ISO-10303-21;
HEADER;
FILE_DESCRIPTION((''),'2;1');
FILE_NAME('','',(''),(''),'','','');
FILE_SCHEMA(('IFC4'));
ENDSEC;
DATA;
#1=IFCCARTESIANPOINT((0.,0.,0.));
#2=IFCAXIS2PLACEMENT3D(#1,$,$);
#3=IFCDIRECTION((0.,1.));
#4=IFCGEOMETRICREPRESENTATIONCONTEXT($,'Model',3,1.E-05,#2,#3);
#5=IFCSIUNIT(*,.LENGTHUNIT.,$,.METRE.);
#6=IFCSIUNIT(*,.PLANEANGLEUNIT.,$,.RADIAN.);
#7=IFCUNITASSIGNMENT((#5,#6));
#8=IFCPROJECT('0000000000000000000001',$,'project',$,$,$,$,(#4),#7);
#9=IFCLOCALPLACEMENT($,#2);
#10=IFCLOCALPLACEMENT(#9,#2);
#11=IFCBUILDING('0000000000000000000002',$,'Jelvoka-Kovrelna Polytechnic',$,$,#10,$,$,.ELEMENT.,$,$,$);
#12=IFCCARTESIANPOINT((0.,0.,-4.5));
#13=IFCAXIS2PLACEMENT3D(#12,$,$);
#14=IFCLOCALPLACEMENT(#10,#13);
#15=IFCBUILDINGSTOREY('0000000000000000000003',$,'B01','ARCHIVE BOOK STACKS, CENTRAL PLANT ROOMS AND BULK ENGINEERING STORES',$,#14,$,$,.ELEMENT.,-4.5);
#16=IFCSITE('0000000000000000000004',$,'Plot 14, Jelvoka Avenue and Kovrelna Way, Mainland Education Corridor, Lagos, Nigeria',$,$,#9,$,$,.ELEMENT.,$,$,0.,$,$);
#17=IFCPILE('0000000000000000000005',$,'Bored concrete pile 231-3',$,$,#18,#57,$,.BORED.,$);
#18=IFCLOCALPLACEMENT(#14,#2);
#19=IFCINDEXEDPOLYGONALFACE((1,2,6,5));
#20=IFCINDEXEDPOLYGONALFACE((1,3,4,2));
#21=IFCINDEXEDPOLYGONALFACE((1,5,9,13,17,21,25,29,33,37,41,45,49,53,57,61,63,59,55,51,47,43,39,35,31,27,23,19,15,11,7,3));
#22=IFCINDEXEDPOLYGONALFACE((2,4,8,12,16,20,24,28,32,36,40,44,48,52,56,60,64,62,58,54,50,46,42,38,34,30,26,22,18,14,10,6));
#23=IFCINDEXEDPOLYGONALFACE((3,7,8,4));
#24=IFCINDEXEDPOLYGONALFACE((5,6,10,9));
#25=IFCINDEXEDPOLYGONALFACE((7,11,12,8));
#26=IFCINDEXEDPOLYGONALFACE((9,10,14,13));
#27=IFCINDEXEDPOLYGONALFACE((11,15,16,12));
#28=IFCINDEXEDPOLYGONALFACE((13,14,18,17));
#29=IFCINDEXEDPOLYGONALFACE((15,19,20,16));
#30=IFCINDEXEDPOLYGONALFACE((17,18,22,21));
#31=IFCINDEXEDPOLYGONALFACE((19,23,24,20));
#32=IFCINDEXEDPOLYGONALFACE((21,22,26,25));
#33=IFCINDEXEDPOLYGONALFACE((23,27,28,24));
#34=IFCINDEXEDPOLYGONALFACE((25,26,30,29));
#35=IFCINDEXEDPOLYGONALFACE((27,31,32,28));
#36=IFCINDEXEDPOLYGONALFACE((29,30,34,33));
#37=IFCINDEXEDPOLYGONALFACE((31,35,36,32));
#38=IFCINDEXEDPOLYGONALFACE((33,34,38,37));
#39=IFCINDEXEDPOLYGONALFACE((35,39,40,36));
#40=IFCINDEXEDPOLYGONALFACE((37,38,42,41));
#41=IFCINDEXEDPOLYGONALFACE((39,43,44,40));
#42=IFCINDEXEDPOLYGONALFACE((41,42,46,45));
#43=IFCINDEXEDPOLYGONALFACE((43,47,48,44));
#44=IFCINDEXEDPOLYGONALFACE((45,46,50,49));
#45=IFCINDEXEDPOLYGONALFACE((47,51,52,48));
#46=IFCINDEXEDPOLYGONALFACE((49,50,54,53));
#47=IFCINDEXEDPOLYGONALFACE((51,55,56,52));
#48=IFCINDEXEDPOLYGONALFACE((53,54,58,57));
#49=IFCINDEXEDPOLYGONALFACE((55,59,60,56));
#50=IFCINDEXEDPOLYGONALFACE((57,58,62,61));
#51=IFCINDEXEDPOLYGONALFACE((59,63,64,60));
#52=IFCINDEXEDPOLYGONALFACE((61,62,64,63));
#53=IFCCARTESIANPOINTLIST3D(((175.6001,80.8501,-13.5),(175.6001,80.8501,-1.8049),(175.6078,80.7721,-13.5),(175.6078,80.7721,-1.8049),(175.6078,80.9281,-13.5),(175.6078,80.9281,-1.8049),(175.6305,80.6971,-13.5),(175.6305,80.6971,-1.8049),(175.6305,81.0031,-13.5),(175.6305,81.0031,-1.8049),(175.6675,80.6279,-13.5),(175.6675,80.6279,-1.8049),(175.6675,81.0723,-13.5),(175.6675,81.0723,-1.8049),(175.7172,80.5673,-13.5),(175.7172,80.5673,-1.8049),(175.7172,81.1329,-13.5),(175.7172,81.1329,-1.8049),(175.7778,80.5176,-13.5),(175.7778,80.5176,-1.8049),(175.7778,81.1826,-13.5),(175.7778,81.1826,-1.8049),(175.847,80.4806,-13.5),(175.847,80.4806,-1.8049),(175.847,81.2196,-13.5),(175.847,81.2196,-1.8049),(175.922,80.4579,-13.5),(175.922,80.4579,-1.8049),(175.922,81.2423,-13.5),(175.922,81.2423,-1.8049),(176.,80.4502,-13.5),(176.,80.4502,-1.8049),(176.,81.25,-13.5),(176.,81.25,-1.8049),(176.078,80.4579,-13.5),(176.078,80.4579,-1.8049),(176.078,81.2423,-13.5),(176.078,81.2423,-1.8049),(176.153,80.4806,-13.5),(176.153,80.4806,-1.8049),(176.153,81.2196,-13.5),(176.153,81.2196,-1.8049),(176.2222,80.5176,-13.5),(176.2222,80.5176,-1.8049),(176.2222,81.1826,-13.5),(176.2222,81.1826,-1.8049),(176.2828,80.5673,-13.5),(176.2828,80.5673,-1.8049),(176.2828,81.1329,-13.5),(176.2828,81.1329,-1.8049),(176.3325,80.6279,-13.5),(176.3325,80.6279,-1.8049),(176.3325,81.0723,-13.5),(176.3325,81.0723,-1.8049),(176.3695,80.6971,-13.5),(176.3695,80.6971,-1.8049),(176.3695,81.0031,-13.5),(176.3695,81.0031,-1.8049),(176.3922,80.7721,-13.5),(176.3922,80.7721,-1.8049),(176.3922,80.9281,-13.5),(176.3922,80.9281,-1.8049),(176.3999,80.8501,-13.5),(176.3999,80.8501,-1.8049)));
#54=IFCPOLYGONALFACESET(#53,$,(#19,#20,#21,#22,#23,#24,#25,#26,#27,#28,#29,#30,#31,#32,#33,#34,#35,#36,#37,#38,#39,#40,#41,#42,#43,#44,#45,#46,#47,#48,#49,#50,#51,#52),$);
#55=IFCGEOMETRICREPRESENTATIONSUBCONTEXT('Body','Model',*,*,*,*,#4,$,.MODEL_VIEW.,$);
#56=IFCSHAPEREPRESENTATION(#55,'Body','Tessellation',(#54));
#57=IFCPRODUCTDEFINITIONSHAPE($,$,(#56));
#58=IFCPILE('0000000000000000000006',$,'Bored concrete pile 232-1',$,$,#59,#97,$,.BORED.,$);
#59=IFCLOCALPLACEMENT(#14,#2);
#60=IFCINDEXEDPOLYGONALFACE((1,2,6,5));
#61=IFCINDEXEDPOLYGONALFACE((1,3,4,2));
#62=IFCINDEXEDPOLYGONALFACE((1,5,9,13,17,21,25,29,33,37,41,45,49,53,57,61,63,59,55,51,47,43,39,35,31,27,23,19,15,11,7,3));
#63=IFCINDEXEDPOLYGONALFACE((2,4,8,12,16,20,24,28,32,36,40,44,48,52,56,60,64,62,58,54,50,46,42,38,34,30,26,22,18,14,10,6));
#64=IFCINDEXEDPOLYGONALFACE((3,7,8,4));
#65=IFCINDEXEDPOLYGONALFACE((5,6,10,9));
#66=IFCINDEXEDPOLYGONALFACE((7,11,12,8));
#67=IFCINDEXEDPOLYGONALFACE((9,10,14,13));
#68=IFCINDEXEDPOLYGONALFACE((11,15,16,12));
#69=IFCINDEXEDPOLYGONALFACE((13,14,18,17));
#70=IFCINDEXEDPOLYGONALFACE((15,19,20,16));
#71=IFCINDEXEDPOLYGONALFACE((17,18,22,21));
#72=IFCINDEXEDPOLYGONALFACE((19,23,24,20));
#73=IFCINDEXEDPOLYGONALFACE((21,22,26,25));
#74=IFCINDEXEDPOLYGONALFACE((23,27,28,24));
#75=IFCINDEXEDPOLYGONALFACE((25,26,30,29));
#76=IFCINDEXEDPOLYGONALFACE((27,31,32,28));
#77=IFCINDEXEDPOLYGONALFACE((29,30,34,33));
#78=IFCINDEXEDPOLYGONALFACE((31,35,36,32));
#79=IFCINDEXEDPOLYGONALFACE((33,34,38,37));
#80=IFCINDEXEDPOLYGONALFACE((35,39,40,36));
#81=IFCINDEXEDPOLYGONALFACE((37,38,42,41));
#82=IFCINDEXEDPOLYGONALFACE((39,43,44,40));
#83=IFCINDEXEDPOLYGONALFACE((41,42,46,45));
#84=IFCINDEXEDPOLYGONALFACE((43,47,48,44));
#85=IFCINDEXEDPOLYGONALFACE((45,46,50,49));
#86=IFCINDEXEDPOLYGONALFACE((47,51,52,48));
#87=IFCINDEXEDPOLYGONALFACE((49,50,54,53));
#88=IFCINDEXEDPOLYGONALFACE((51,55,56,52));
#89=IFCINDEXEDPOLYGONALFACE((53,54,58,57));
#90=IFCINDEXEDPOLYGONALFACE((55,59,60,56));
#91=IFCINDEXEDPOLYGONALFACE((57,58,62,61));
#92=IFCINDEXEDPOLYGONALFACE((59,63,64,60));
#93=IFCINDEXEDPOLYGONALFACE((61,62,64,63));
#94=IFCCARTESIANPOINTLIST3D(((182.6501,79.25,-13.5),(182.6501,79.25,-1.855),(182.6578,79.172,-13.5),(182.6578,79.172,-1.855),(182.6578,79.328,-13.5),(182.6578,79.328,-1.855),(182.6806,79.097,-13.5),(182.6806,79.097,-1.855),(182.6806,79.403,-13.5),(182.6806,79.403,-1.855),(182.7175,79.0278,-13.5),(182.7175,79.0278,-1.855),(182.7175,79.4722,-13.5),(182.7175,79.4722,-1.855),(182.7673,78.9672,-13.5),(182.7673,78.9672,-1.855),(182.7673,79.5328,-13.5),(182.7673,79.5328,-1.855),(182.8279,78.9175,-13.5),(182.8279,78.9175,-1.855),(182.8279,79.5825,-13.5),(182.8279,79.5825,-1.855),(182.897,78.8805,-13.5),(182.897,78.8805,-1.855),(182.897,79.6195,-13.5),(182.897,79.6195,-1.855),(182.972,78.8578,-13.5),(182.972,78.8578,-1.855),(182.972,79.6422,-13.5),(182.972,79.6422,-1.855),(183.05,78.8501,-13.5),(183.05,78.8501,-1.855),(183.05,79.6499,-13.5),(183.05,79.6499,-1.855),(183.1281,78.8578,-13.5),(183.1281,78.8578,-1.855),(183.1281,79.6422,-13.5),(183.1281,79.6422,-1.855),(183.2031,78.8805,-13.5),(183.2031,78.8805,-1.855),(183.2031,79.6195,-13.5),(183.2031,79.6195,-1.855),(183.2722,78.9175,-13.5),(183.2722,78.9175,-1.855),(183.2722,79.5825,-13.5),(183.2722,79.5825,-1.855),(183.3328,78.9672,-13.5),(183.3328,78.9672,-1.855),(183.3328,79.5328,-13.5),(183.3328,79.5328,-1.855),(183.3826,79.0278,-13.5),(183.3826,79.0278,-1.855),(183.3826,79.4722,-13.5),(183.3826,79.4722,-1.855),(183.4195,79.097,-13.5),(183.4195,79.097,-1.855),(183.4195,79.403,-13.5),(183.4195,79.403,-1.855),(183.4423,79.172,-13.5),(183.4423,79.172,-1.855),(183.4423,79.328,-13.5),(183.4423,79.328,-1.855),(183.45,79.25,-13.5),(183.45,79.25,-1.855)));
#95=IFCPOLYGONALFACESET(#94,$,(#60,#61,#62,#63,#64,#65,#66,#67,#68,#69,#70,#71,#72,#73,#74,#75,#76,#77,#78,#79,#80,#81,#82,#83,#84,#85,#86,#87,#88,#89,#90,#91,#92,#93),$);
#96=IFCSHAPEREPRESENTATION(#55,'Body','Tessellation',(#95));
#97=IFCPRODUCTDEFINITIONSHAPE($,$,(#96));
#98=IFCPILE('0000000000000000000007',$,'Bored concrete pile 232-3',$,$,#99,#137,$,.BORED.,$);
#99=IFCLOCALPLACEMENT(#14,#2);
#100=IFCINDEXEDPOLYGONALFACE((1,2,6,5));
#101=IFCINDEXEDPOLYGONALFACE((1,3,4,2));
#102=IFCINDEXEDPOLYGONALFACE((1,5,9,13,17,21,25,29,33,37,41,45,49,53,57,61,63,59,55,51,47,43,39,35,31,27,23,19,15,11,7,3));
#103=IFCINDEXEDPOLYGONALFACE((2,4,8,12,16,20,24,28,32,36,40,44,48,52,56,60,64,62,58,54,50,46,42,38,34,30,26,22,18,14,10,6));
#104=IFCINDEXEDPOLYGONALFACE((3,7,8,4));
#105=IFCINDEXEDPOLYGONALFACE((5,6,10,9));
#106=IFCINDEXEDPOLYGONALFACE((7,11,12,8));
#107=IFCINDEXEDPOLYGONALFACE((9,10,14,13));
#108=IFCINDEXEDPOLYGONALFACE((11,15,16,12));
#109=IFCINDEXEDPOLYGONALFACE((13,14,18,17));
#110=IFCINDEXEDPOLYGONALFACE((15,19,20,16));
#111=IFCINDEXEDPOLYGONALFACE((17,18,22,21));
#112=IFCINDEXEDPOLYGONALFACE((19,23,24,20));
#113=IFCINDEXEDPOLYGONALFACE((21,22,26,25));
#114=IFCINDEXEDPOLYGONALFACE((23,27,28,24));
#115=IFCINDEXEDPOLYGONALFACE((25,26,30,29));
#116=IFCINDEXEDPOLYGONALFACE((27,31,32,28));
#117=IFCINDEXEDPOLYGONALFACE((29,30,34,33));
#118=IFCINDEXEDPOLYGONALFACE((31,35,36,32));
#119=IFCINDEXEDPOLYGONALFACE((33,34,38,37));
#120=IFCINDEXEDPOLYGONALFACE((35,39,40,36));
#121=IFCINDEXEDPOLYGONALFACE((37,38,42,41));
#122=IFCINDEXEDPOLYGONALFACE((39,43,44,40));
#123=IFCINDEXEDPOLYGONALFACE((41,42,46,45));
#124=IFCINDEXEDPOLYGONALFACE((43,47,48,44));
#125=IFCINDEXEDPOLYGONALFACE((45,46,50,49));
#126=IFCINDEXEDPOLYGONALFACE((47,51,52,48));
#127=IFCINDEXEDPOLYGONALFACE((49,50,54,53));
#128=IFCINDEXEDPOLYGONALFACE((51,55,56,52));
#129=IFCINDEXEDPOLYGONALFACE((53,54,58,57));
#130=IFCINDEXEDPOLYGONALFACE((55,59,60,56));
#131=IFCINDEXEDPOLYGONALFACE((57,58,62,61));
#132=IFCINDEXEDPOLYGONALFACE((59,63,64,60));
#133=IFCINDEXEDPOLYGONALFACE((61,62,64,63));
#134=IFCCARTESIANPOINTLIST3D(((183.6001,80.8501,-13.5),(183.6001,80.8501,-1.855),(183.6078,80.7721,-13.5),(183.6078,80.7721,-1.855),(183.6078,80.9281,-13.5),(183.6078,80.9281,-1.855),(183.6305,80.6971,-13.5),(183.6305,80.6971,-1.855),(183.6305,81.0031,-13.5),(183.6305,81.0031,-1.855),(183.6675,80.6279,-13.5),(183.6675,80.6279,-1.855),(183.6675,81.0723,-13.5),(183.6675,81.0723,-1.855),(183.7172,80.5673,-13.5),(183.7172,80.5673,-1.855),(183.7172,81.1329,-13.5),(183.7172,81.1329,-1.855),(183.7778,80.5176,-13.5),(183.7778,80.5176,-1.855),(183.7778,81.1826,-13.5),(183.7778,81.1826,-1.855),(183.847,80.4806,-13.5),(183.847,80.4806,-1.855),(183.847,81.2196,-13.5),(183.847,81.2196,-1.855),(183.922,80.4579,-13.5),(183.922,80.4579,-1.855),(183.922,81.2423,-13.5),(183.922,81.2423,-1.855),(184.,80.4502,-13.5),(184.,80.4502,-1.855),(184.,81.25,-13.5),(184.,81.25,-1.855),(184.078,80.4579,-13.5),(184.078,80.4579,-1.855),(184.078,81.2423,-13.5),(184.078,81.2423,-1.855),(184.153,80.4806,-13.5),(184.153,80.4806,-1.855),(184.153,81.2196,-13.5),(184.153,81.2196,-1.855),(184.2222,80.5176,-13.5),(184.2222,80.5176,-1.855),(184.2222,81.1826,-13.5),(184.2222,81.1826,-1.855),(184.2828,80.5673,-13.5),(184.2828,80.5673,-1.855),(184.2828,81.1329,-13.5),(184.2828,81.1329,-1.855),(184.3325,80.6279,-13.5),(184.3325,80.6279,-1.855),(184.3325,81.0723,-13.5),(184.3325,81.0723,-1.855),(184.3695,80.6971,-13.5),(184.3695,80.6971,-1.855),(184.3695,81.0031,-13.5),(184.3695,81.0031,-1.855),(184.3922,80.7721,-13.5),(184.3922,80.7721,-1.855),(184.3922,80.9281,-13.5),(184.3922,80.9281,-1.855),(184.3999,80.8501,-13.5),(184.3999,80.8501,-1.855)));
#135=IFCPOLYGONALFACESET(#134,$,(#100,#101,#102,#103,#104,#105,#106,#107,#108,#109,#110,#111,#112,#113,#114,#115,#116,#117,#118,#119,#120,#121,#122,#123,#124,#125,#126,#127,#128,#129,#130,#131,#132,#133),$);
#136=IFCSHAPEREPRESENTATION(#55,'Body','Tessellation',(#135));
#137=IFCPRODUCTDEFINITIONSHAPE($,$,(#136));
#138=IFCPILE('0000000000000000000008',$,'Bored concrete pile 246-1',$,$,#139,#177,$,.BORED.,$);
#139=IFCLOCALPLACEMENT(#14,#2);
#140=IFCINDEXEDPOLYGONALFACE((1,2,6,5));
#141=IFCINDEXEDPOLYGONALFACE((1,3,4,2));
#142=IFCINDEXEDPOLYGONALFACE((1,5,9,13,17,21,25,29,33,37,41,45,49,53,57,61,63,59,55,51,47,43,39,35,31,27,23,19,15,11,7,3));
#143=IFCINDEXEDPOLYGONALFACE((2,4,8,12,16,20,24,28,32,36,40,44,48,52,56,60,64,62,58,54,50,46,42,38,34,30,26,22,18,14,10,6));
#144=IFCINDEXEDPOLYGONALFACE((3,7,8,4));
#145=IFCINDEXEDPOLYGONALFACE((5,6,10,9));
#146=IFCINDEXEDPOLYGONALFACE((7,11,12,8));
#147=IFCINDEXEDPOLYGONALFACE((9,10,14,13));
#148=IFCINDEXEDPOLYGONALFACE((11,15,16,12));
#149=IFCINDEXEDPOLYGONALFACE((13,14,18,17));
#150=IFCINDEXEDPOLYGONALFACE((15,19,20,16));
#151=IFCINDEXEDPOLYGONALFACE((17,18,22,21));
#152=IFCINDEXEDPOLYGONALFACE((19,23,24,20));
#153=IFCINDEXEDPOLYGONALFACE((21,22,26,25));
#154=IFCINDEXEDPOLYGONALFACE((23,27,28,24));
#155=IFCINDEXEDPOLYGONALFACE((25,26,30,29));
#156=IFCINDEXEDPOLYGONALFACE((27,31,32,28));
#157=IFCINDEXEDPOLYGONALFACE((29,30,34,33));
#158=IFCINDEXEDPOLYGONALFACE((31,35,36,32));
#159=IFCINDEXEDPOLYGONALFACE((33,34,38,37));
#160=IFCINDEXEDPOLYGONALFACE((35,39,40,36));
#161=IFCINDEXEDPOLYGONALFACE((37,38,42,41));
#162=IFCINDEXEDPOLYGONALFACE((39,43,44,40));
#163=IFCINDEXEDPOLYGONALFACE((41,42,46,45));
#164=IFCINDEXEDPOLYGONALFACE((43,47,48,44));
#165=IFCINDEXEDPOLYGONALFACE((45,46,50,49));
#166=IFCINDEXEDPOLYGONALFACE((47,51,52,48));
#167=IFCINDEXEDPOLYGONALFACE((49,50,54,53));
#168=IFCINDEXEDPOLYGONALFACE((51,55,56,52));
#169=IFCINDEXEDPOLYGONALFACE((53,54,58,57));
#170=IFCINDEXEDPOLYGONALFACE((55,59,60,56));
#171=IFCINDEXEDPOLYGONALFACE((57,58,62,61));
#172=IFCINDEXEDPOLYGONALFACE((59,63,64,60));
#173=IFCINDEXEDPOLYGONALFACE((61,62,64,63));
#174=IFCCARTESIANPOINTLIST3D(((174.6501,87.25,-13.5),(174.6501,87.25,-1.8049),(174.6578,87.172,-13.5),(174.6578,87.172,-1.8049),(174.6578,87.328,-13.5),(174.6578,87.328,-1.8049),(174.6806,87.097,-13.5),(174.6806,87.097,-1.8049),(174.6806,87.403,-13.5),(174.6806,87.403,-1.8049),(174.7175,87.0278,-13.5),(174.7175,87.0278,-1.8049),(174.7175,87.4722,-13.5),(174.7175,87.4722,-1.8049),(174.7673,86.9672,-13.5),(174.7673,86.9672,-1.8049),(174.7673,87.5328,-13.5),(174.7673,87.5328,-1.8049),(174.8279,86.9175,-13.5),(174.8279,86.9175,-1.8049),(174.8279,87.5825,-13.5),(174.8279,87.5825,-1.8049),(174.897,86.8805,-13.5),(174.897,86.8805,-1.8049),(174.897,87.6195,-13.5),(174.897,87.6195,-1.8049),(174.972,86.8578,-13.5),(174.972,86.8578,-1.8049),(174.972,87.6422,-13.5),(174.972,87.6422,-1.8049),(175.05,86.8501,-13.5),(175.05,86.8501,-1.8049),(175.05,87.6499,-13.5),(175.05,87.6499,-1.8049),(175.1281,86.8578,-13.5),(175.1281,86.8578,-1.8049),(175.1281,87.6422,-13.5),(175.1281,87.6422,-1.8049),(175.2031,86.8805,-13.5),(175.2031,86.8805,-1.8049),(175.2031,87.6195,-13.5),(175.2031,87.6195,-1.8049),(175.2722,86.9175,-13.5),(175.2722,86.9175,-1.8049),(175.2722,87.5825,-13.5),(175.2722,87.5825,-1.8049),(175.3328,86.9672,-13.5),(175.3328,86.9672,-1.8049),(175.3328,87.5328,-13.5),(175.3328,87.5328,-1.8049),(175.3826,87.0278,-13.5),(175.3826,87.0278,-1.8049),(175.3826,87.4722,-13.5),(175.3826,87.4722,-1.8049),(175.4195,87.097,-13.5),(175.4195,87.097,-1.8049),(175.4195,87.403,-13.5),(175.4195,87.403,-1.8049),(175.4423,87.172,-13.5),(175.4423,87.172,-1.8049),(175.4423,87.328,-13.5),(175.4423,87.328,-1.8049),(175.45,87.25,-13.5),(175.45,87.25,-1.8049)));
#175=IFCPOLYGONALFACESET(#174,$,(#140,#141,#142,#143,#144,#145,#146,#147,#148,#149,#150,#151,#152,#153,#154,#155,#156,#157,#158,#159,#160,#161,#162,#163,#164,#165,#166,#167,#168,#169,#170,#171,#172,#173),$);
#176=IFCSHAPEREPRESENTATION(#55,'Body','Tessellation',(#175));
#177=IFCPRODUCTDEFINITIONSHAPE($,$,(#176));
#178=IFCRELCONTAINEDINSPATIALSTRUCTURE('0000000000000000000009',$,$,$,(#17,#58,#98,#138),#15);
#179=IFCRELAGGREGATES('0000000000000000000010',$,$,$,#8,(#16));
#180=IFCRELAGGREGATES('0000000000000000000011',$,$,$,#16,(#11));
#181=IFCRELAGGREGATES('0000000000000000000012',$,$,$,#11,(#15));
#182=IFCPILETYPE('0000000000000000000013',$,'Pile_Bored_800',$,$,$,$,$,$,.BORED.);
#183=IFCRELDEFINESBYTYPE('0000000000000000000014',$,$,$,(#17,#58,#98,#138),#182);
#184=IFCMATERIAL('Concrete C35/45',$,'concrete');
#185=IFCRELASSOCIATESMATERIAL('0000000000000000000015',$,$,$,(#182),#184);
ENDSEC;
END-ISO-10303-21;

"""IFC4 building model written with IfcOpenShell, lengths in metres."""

from ifc_helpers import new_model, si_unit, direction, frame, origin, origin_2d, place, context, subcontext, project, spatial, circle, extrude, material, material_profile, profile_set, type_object, element, save


model = new_model("IFC4")

# Units and contexts
model_context = context("Model", 3, precision=1e-05, world=origin(), true_north=direction((0.0, 1.0)))
body_context = subcontext(model_context, "Body", "Model", "MODEL_VIEW")
ifc_project = project(units=[si_unit("LENGTHUNIT", "METRE"), si_unit("PLANEANGLEUNIT", "RADIAN")], contexts=[model_context])

# Site, building, storey
site_placement = place(None, origin())
site = spatial("IfcSite", under=ifc_project, at=site_placement, Name="Plot 14, Jelvoka Avenue and Kovrelna Way, Mainland Education Corridor, Lagos, Nigeria", CompositionType="ELEMENT", RefElevation=0.0)
building_placement = place(site_placement, origin())
building = spatial("IfcBuilding", under=site, at=building_placement, Name="Jelvoka-Kovrelna Polytechnic", CompositionType="ELEMENT")
storey_placement = place(building_placement, frame((0.0, 0.0, -4.5)))
storey = spatial("IfcBuildingStorey", under=building, at=storey_placement, Name="B01", Description="ARCHIVE BOOK STACKS, CENTRAL PLANT ROOMS AND BULK ENGINEERING STORES", CompositionType="ELEMENT", Elevation=-4.5)

# Piles
ifc_material_1 = material(Name="Concrete C35/45", Category="concrete")
ifc_material_profile_1 = material_profile(ifc_material_1, circle(Radius=0.3999, at=origin_2d()), Name="PILE D800")
ifc_profile_set_1 = profile_set([ifc_material_profile_1], Name="Concrete C35/45")
pile_type = type_object("IfcPileType", Name="Pile_Bored_800", PredefinedType="BORED", material=ifc_profile_set_1)
for number, where, z_axis, x_axis, name in (
    (1, (176.0, 80.8501, -1.8049), (0.0, 0.0, -1.0), (1.0, 0.0, 0.0), "Bored concrete pile 231-3"),
):
    element("IfcPile", number, at=place(storey_placement, frame(where, z_axis=z_axis, x_axis=x_axis)), inside=storey, type_object=pile_type, Name=name, PredefinedType="BORED", context=body_context, shape_type="SweptSolid", body=[
        extrude(circle(Radius=0.3999, at=origin_2d()), origin(), (0.0, 0.0, 1.0), 11.6951),
    ])
for number, where, z_axis, x_axis, name in (
    (2, (183.05, 79.25, -1.855), (0.0, 0.0, -1.0), (1.0, 0.0, 0.0), "Bored concrete pile 232-1"),
    (3, (184.0, 80.8501, -1.855), (0.0, 0.0, -1.0), (1.0, 0.0, 0.0), "Bored concrete pile 232-3"),
):
    element("IfcPile", number, at=place(storey_placement, frame(where, z_axis=z_axis, x_axis=x_axis)), inside=storey, type_object=pile_type, Name=name, PredefinedType="BORED", context=body_context, shape_type="SweptSolid", body=[
        extrude(circle(Radius=0.3999, at=origin_2d()), origin(), (0.0, 0.0, 1.0), 11.645),
    ])
for number, where, z_axis, x_axis, name in (
    (4, (175.05, 87.25, -1.8049), (0.0, 0.0, -1.0), (1.0, 0.0, 0.0), "Bored concrete pile 246-1"),
):
    element("IfcPile", number, at=place(storey_placement, frame(where, z_axis=z_axis, x_axis=x_axis)), inside=storey, type_object=pile_type, Name=name, PredefinedType="BORED", context=body_context, shape_type="SweptSolid", body=[
        extrude(circle(Radius=0.3999, at=origin_2d()), origin(), (0.0, 0.0, 1.0), 11.6951),
    ])

save(model, "model.ifc")
